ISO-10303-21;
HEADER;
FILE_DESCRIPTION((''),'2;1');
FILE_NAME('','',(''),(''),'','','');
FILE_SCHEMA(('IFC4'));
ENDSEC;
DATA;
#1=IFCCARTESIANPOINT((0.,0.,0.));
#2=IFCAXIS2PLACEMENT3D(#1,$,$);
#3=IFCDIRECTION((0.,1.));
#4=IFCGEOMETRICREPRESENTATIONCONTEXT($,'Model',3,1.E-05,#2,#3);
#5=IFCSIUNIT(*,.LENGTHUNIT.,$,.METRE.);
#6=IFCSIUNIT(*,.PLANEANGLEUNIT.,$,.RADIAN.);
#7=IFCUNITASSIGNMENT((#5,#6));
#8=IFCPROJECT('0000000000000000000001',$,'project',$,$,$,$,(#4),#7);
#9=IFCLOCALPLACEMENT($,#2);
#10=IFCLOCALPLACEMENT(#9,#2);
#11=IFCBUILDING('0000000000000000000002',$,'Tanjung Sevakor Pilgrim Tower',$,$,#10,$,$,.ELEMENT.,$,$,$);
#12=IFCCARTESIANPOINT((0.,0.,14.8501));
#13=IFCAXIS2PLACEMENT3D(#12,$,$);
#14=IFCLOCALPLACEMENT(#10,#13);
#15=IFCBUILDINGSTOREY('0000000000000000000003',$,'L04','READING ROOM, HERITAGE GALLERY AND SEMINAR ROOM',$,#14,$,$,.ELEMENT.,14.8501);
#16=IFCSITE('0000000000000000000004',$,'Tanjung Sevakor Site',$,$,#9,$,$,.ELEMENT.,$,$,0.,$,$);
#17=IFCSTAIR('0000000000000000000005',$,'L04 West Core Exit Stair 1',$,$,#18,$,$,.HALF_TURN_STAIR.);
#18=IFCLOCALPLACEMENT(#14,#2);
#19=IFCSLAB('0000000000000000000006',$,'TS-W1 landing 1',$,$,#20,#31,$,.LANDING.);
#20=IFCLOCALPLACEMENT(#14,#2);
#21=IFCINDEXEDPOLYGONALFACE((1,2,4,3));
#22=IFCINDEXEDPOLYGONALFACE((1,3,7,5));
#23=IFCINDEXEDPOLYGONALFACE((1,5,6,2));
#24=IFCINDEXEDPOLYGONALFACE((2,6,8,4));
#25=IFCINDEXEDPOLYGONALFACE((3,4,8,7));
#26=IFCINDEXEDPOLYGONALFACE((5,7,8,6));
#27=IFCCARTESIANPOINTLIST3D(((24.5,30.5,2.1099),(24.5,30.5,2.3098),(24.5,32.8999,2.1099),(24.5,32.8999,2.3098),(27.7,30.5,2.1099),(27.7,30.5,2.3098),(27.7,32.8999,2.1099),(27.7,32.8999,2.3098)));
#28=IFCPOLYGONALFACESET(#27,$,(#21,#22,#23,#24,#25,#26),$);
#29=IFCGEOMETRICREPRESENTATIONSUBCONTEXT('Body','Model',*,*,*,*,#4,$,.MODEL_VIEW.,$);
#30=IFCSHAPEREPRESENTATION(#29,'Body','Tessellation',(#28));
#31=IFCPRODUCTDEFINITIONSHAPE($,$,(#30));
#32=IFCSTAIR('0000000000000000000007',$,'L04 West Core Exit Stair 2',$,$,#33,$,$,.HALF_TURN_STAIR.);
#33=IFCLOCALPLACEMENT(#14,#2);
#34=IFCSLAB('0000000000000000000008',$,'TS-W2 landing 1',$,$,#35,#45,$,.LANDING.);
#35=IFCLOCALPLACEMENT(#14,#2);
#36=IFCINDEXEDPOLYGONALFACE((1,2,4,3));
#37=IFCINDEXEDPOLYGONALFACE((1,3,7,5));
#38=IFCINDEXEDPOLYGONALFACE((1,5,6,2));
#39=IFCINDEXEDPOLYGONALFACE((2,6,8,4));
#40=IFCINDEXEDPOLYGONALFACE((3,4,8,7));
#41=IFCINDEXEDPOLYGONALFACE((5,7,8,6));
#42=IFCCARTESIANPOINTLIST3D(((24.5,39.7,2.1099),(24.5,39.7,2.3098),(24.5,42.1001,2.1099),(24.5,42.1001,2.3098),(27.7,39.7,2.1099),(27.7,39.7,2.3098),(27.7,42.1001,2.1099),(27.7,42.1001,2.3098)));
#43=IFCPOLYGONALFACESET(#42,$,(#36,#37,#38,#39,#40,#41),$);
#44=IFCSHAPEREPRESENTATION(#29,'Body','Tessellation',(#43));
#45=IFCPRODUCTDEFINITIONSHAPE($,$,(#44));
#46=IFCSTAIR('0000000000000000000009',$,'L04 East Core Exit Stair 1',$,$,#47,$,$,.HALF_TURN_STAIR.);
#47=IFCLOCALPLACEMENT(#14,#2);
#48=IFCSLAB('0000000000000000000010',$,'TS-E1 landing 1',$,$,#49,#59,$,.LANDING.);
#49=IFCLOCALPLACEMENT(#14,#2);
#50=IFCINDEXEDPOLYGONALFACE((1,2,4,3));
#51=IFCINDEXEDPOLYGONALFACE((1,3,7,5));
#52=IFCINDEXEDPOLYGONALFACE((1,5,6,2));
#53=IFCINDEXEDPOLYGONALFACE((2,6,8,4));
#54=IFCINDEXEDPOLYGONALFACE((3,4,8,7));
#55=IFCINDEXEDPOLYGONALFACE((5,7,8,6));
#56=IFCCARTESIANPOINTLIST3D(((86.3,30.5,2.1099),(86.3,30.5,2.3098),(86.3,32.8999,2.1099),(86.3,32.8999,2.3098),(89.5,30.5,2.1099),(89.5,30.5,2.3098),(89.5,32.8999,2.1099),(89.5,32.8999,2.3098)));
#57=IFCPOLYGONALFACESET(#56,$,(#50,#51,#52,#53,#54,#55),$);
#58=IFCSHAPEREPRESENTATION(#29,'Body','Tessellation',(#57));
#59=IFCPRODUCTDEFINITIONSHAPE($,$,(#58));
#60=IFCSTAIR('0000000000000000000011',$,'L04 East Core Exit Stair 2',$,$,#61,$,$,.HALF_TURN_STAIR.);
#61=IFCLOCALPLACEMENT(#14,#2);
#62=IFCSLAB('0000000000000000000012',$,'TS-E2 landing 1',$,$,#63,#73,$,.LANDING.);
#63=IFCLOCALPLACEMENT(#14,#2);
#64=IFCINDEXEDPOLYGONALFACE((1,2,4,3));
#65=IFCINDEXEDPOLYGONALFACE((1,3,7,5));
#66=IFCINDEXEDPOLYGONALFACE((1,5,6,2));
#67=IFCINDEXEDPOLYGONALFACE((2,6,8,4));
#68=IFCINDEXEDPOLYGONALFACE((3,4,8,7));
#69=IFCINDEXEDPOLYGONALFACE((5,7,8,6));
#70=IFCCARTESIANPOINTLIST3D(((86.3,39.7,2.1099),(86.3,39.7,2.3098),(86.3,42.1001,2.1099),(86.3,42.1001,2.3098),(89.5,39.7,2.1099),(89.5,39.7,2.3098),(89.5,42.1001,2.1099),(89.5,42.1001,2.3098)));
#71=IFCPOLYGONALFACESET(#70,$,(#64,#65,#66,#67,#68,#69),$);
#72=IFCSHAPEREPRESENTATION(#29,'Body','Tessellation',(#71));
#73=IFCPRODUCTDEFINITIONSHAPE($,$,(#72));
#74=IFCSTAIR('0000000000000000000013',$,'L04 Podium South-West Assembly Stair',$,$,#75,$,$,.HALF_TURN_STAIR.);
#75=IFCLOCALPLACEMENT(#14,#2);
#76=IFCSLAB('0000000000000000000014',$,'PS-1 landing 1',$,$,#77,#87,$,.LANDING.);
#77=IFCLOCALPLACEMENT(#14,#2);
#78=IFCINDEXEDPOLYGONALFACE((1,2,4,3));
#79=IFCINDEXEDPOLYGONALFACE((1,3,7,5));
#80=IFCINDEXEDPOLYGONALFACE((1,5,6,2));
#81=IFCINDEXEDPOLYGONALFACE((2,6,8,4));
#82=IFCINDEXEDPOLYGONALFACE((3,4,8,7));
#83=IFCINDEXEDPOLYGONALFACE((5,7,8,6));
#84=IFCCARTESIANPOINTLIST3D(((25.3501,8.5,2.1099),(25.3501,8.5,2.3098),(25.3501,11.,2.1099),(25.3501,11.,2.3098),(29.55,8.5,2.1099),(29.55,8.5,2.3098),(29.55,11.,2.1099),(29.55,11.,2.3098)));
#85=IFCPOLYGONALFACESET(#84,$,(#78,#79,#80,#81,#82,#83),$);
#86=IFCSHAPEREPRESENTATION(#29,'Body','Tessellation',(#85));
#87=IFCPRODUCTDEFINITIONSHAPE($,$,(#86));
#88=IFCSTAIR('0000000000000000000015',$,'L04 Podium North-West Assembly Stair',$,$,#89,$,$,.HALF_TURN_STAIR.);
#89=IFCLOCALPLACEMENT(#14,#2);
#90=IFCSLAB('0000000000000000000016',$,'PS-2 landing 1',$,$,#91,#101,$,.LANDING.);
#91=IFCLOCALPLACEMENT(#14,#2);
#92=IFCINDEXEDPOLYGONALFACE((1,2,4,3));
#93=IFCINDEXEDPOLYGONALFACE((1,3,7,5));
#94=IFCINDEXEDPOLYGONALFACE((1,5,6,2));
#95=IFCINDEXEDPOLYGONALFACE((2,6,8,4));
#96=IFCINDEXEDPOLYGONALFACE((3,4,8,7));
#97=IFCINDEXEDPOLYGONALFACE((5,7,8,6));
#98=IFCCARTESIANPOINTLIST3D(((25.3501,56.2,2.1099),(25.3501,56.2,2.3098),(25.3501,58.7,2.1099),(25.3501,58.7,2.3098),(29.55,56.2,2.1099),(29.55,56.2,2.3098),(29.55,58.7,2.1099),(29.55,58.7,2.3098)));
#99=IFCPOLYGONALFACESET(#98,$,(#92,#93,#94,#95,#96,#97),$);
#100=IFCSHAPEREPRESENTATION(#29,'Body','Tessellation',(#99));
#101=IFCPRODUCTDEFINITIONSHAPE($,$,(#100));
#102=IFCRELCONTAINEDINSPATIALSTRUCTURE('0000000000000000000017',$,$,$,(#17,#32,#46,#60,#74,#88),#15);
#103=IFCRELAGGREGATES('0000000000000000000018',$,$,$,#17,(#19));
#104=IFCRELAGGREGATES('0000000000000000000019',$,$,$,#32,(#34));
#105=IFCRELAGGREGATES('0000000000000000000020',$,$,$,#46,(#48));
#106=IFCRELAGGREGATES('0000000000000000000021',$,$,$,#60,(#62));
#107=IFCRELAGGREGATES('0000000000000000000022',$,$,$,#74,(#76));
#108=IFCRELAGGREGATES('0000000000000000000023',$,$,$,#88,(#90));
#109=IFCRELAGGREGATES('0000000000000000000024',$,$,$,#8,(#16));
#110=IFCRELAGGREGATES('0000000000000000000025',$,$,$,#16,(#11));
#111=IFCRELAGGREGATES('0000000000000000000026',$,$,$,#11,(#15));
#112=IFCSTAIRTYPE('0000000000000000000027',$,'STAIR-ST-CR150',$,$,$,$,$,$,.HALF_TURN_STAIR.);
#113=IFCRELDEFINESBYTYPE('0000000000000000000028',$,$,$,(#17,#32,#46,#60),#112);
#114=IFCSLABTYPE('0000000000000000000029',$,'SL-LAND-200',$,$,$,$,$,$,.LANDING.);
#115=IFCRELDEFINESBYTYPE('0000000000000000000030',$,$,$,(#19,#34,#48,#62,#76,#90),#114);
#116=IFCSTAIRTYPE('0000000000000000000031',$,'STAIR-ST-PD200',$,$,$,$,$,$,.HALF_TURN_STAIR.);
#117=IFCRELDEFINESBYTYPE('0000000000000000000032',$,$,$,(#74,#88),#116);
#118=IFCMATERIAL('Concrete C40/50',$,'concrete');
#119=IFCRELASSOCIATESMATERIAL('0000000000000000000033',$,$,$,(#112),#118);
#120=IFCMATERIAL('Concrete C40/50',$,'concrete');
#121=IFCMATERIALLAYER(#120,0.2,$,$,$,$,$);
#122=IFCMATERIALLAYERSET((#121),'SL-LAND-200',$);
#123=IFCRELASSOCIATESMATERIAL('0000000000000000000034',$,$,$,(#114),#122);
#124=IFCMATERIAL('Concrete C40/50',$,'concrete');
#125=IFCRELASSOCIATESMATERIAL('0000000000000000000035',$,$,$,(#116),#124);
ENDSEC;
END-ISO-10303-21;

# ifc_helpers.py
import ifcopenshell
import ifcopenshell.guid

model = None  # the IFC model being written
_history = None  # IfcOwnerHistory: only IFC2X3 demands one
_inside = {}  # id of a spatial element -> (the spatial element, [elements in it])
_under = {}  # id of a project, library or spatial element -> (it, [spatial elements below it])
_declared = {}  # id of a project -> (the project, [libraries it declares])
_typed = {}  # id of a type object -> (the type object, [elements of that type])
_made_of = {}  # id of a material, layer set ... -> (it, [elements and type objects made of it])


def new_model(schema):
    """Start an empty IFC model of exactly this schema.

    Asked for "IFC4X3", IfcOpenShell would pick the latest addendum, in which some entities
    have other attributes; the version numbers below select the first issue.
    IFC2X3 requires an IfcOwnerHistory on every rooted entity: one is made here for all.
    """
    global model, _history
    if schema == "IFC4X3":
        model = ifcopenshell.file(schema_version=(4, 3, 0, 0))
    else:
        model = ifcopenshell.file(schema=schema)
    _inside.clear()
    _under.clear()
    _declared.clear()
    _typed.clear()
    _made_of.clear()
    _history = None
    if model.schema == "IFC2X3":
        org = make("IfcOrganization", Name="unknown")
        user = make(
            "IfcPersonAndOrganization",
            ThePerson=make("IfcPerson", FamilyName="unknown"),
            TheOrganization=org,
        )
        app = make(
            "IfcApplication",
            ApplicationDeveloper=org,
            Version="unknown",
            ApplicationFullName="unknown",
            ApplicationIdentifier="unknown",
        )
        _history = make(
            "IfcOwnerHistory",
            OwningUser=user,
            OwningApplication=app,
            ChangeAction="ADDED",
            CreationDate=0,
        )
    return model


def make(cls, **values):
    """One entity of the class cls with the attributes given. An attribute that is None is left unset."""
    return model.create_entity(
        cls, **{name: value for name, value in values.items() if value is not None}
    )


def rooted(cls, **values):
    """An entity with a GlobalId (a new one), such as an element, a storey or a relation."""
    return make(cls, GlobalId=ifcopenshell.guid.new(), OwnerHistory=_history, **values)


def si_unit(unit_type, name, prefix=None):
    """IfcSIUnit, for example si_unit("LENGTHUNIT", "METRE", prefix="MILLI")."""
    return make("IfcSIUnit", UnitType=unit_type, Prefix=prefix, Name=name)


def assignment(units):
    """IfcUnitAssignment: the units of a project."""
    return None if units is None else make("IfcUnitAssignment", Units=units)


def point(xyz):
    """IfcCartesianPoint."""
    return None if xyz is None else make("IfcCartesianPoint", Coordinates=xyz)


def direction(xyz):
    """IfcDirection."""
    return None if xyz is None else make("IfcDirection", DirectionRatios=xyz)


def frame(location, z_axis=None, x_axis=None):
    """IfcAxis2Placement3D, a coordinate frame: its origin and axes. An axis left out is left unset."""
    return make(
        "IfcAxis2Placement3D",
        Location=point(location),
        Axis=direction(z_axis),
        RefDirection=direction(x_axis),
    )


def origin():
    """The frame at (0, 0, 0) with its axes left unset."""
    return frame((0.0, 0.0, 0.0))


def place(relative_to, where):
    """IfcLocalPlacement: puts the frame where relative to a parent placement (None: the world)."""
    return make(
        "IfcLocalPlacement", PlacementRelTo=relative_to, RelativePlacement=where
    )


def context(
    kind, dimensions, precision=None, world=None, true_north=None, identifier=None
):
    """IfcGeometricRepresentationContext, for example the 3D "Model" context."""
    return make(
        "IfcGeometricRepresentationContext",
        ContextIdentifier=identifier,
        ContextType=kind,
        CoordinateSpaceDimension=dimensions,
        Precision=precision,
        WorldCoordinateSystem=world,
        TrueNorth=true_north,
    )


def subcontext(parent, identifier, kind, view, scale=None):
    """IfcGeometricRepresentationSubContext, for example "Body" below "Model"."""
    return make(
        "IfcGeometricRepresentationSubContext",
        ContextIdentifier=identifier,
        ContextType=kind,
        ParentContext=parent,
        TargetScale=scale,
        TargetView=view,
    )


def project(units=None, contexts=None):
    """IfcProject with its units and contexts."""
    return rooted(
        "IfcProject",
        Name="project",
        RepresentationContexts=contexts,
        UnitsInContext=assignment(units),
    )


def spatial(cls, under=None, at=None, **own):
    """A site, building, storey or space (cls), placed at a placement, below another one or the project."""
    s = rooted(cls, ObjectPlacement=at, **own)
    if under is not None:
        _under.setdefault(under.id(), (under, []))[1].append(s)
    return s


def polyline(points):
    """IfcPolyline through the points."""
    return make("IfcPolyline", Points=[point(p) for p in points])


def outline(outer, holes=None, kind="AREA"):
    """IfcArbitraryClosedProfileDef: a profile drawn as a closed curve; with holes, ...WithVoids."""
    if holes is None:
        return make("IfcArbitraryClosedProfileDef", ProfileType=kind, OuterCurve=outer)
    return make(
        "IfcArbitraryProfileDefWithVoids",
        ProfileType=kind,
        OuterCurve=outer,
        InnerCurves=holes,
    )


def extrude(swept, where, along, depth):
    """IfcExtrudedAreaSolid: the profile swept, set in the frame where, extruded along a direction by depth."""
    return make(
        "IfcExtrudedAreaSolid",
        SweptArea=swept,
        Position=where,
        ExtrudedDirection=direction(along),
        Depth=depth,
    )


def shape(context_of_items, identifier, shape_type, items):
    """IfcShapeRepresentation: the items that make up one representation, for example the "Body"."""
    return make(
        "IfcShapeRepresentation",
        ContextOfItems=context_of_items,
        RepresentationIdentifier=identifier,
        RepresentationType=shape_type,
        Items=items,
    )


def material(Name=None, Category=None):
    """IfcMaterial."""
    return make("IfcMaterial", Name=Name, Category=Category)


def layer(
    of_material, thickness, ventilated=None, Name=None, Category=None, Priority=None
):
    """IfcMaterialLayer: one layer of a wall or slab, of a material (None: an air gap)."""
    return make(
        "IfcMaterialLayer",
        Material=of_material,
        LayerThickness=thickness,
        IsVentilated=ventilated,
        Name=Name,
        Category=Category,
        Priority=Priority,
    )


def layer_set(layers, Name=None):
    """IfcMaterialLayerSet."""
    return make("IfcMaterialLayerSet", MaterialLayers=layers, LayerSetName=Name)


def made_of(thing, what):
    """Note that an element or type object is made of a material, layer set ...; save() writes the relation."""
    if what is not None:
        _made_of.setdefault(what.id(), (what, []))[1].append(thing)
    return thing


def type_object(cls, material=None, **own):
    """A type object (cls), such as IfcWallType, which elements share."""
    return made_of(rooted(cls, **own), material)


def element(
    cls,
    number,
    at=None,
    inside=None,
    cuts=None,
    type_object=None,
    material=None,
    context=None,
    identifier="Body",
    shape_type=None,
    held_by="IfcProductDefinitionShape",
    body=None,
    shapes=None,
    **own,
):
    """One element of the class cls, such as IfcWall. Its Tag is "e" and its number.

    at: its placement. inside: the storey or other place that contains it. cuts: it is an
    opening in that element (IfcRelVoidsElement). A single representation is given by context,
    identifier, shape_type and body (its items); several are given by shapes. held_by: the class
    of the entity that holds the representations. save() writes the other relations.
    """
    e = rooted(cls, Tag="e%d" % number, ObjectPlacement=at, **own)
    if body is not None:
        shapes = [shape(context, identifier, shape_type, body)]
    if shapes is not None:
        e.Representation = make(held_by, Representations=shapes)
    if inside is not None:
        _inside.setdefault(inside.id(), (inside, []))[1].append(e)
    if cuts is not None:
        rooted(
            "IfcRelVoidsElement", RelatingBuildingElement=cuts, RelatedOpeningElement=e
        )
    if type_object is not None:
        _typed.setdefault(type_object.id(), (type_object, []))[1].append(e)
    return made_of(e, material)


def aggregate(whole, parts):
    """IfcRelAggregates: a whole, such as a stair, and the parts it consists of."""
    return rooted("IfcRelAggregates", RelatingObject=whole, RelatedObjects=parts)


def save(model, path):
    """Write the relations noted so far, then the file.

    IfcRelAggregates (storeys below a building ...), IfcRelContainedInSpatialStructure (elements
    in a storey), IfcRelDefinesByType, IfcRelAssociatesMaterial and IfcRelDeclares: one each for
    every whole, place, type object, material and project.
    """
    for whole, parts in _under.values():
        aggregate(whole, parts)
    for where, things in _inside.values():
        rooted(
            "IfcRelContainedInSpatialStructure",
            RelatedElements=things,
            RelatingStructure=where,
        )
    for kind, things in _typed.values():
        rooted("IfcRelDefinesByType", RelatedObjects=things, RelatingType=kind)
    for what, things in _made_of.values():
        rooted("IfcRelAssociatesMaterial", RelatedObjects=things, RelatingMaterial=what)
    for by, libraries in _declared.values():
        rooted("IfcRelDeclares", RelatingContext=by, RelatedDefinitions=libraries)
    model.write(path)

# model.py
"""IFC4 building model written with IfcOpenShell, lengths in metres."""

from ifc_helpers import new_model, si_unit, direction, frame, origin, place, context, subcontext, project, spatial, polyline, outline, extrude, material, layer, layer_set, type_object, element, aggregate, save


model = new_model("IFC4")

# Units and contexts
model_context = context("Model", 3, precision=1e-05, world=origin(), true_north=direction((0.0, 1.0)))
body_context = subcontext(model_context, "Body", "Model", "MODEL_VIEW")
ifc_project = project(units=[si_unit("LENGTHUNIT", "METRE"), si_unit("PLANEANGLEUNIT", "RADIAN")], contexts=[model_context])

# Site, building, storey
site_placement = place(None, origin())
site = spatial("IfcSite", under=ifc_project, at=site_placement, Name="Tanjung Sevakor Site", CompositionType="ELEMENT", RefElevation=0.0)
building_placement = place(site_placement, origin())
building = spatial("IfcBuilding", under=site, at=building_placement, Name="Tanjung Sevakor Pilgrim Tower", CompositionType="ELEMENT")
storey_placement = place(building_placement, frame((0.0, 0.0, 14.8501)))
storey = spatial("IfcBuildingStorey", under=building, at=storey_placement, Name="L04", Description="READING ROOM, HERITAGE GALLERY AND SEMINAR ROOM", CompositionType="ELEMENT", Elevation=14.8501)

# Stairs, slabs
ifc_material_1 = material(Name="Concrete C40/50", Category="concrete")
stair_type_1 = type_object("IfcStairType", Name="STAIR-ST-CR150", PredefinedType="HALF_TURN_STAIR", material=ifc_material_1)
stair_1_placement = place(storey_placement, origin())
stair_1 = element("IfcStair", 1, at=stair_1_placement, inside=storey, type_object=stair_type_1, Name="L04 West Core Exit Stair 1", PredefinedType="HALF_TURN_STAIR")
ifc_material_2 = material(Name="Concrete C40/50", Category="concrete")
ifc_layer_1 = layer(ifc_material_2, 0.2)
ifc_layer_set_1 = layer_set([ifc_layer_1], Name="SL-LAND-200")
slab_type_1 = type_object("IfcSlabType", Name="SL-LAND-200", PredefinedType="LANDING", material=ifc_layer_set_1)
slab_1_placement = place(storey_placement, frame((0.0, 0.0, 2.1099)))
slab_1 = element("IfcSlab", 2, at=slab_1_placement, type_object=slab_type_1, Name="TS-W1 landing 1", PredefinedType="LANDING", context=body_context, shape_type="SweptSolid", body=[
    extrude(outline(polyline([(27.7, 30.5), (27.7, 32.8999), (24.5, 32.8999), (24.5, 30.5), (27.7, 30.5)])), origin(), (0.0, 0.0, 1.0), 0.2),
])
aggregate(stair_1, [slab_1])
stair_2_placement = place(storey_placement, origin())
stair_2 = element("IfcStair", 3, at=stair_2_placement, inside=storey, type_object=stair_type_1, Name="L04 West Core Exit Stair 2", PredefinedType="HALF_TURN_STAIR")
slab_2_placement = place(storey_placement, frame((0.0, 0.0, 2.1099)))
slab_2 = element("IfcSlab", 4, at=slab_2_placement, type_object=slab_type_1, Name="TS-W2 landing 1", PredefinedType="LANDING", context=body_context, shape_type="SweptSolid", body=[
    extrude(outline(polyline([(27.7, 39.7), (27.7, 42.1001), (24.5, 42.1001), (24.5, 39.7), (27.7, 39.7)])), origin(), (0.0, 0.0, 1.0), 0.2),
])
aggregate(stair_2, [slab_2])
stair_3_placement = place(storey_placement, origin())
stair_3 = element("IfcStair", 5, at=stair_3_placement, inside=storey, type_object=stair_type_1, Name="L04 East Core Exit Stair 1", PredefinedType="HALF_TURN_STAIR")
slab_3_placement = place(storey_placement, frame((0.0, 0.0, 2.1099)))
slab_3 = element("IfcSlab", 6, at=slab_3_placement, type_object=slab_type_1, Name="TS-E1 landing 1", PredefinedType="LANDING", context=body_context, shape_type="SweptSolid", body=[
    extrude(outline(polyline([(89.5, 30.5), (89.5, 32.8999), (86.3, 32.8999), (86.3, 30.5), (89.5, 30.5)])), origin(), (0.0, 0.0, 1.0), 0.2),
])
aggregate(stair_3, [slab_3])
stair_4_placement = place(storey_placement, origin())
stair_4 = element("IfcStair", 7, at=stair_4_placement, inside=storey, type_object=stair_type_1, Name="L04 East Core Exit Stair 2", PredefinedType="HALF_TURN_STAIR")
slab_4_placement = place(storey_placement, frame((0.0, 0.0, 2.1099)))
slab_4 = element("IfcSlab", 8, at=slab_4_placement, type_object=slab_type_1, Name="TS-E2 landing 1", PredefinedType="LANDING", context=body_context, shape_type="SweptSolid", body=[
    extrude(outline(polyline([(89.5, 39.7), (89.5, 42.1001), (86.3, 42.1001), (86.3, 39.7), (89.5, 39.7)])), origin(), (0.0, 0.0, 1.0), 0.2),
])
aggregate(stair_4, [slab_4])
ifc_material_3 = material(Name="Concrete C40/50", Category="concrete")
stair_type_2 = type_object("IfcStairType", Name="STAIR-ST-PD200", PredefinedType="HALF_TURN_STAIR", material=ifc_material_3)
stair_5_placement = place(storey_placement, origin())
stair_5 = element("IfcStair", 9, at=stair_5_placement, inside=storey, type_object=stair_type_2, Name="L04 Podium South-West Assembly Stair", PredefinedType="HALF_TURN_STAIR")
slab_5_placement = place(storey_placement, frame((0.0, 0.0, 2.1099)))
slab_5 = element("IfcSlab", 10, at=slab_5_placement, type_object=slab_type_1, Name="PS-1 landing 1", PredefinedType="LANDING", context=body_context, shape_type="SweptSolid", body=[
    extrude(outline(polyline([(25.3501, 11.0), (25.3501, 8.5), (29.55, 8.5), (29.55, 11.0), (25.3501, 11.0)])), origin(), (0.0, 0.0, 1.0), 0.2),
])
aggregate(stair_5, [slab_5])
stair_6_placement = place(storey_placement, origin())
stair_6 = element("IfcStair", 11, at=stair_6_placement, inside=storey, type_object=stair_type_2, Name="L04 Podium North-West Assembly Stair", PredefinedType="HALF_TURN_STAIR")
slab_6_placement = place(storey_placement, frame((0.0, 0.0, 2.1099)))
slab_6 = element("IfcSlab", 12, at=slab_6_placement, type_object=slab_type_1, Name="PS-2 landing 1", PredefinedType="LANDING", context=body_context, shape_type="SweptSolid", body=[
    extrude(outline(polyline([(29.55, 56.2), (29.55, 58.7), (25.3501, 58.7), (25.3501, 56.2), (29.55, 56.2)])), origin(), (0.0, 0.0, 1.0), 0.2),
])
aggregate(stair_6, [slab_6])

save(model, "model.ifc")
